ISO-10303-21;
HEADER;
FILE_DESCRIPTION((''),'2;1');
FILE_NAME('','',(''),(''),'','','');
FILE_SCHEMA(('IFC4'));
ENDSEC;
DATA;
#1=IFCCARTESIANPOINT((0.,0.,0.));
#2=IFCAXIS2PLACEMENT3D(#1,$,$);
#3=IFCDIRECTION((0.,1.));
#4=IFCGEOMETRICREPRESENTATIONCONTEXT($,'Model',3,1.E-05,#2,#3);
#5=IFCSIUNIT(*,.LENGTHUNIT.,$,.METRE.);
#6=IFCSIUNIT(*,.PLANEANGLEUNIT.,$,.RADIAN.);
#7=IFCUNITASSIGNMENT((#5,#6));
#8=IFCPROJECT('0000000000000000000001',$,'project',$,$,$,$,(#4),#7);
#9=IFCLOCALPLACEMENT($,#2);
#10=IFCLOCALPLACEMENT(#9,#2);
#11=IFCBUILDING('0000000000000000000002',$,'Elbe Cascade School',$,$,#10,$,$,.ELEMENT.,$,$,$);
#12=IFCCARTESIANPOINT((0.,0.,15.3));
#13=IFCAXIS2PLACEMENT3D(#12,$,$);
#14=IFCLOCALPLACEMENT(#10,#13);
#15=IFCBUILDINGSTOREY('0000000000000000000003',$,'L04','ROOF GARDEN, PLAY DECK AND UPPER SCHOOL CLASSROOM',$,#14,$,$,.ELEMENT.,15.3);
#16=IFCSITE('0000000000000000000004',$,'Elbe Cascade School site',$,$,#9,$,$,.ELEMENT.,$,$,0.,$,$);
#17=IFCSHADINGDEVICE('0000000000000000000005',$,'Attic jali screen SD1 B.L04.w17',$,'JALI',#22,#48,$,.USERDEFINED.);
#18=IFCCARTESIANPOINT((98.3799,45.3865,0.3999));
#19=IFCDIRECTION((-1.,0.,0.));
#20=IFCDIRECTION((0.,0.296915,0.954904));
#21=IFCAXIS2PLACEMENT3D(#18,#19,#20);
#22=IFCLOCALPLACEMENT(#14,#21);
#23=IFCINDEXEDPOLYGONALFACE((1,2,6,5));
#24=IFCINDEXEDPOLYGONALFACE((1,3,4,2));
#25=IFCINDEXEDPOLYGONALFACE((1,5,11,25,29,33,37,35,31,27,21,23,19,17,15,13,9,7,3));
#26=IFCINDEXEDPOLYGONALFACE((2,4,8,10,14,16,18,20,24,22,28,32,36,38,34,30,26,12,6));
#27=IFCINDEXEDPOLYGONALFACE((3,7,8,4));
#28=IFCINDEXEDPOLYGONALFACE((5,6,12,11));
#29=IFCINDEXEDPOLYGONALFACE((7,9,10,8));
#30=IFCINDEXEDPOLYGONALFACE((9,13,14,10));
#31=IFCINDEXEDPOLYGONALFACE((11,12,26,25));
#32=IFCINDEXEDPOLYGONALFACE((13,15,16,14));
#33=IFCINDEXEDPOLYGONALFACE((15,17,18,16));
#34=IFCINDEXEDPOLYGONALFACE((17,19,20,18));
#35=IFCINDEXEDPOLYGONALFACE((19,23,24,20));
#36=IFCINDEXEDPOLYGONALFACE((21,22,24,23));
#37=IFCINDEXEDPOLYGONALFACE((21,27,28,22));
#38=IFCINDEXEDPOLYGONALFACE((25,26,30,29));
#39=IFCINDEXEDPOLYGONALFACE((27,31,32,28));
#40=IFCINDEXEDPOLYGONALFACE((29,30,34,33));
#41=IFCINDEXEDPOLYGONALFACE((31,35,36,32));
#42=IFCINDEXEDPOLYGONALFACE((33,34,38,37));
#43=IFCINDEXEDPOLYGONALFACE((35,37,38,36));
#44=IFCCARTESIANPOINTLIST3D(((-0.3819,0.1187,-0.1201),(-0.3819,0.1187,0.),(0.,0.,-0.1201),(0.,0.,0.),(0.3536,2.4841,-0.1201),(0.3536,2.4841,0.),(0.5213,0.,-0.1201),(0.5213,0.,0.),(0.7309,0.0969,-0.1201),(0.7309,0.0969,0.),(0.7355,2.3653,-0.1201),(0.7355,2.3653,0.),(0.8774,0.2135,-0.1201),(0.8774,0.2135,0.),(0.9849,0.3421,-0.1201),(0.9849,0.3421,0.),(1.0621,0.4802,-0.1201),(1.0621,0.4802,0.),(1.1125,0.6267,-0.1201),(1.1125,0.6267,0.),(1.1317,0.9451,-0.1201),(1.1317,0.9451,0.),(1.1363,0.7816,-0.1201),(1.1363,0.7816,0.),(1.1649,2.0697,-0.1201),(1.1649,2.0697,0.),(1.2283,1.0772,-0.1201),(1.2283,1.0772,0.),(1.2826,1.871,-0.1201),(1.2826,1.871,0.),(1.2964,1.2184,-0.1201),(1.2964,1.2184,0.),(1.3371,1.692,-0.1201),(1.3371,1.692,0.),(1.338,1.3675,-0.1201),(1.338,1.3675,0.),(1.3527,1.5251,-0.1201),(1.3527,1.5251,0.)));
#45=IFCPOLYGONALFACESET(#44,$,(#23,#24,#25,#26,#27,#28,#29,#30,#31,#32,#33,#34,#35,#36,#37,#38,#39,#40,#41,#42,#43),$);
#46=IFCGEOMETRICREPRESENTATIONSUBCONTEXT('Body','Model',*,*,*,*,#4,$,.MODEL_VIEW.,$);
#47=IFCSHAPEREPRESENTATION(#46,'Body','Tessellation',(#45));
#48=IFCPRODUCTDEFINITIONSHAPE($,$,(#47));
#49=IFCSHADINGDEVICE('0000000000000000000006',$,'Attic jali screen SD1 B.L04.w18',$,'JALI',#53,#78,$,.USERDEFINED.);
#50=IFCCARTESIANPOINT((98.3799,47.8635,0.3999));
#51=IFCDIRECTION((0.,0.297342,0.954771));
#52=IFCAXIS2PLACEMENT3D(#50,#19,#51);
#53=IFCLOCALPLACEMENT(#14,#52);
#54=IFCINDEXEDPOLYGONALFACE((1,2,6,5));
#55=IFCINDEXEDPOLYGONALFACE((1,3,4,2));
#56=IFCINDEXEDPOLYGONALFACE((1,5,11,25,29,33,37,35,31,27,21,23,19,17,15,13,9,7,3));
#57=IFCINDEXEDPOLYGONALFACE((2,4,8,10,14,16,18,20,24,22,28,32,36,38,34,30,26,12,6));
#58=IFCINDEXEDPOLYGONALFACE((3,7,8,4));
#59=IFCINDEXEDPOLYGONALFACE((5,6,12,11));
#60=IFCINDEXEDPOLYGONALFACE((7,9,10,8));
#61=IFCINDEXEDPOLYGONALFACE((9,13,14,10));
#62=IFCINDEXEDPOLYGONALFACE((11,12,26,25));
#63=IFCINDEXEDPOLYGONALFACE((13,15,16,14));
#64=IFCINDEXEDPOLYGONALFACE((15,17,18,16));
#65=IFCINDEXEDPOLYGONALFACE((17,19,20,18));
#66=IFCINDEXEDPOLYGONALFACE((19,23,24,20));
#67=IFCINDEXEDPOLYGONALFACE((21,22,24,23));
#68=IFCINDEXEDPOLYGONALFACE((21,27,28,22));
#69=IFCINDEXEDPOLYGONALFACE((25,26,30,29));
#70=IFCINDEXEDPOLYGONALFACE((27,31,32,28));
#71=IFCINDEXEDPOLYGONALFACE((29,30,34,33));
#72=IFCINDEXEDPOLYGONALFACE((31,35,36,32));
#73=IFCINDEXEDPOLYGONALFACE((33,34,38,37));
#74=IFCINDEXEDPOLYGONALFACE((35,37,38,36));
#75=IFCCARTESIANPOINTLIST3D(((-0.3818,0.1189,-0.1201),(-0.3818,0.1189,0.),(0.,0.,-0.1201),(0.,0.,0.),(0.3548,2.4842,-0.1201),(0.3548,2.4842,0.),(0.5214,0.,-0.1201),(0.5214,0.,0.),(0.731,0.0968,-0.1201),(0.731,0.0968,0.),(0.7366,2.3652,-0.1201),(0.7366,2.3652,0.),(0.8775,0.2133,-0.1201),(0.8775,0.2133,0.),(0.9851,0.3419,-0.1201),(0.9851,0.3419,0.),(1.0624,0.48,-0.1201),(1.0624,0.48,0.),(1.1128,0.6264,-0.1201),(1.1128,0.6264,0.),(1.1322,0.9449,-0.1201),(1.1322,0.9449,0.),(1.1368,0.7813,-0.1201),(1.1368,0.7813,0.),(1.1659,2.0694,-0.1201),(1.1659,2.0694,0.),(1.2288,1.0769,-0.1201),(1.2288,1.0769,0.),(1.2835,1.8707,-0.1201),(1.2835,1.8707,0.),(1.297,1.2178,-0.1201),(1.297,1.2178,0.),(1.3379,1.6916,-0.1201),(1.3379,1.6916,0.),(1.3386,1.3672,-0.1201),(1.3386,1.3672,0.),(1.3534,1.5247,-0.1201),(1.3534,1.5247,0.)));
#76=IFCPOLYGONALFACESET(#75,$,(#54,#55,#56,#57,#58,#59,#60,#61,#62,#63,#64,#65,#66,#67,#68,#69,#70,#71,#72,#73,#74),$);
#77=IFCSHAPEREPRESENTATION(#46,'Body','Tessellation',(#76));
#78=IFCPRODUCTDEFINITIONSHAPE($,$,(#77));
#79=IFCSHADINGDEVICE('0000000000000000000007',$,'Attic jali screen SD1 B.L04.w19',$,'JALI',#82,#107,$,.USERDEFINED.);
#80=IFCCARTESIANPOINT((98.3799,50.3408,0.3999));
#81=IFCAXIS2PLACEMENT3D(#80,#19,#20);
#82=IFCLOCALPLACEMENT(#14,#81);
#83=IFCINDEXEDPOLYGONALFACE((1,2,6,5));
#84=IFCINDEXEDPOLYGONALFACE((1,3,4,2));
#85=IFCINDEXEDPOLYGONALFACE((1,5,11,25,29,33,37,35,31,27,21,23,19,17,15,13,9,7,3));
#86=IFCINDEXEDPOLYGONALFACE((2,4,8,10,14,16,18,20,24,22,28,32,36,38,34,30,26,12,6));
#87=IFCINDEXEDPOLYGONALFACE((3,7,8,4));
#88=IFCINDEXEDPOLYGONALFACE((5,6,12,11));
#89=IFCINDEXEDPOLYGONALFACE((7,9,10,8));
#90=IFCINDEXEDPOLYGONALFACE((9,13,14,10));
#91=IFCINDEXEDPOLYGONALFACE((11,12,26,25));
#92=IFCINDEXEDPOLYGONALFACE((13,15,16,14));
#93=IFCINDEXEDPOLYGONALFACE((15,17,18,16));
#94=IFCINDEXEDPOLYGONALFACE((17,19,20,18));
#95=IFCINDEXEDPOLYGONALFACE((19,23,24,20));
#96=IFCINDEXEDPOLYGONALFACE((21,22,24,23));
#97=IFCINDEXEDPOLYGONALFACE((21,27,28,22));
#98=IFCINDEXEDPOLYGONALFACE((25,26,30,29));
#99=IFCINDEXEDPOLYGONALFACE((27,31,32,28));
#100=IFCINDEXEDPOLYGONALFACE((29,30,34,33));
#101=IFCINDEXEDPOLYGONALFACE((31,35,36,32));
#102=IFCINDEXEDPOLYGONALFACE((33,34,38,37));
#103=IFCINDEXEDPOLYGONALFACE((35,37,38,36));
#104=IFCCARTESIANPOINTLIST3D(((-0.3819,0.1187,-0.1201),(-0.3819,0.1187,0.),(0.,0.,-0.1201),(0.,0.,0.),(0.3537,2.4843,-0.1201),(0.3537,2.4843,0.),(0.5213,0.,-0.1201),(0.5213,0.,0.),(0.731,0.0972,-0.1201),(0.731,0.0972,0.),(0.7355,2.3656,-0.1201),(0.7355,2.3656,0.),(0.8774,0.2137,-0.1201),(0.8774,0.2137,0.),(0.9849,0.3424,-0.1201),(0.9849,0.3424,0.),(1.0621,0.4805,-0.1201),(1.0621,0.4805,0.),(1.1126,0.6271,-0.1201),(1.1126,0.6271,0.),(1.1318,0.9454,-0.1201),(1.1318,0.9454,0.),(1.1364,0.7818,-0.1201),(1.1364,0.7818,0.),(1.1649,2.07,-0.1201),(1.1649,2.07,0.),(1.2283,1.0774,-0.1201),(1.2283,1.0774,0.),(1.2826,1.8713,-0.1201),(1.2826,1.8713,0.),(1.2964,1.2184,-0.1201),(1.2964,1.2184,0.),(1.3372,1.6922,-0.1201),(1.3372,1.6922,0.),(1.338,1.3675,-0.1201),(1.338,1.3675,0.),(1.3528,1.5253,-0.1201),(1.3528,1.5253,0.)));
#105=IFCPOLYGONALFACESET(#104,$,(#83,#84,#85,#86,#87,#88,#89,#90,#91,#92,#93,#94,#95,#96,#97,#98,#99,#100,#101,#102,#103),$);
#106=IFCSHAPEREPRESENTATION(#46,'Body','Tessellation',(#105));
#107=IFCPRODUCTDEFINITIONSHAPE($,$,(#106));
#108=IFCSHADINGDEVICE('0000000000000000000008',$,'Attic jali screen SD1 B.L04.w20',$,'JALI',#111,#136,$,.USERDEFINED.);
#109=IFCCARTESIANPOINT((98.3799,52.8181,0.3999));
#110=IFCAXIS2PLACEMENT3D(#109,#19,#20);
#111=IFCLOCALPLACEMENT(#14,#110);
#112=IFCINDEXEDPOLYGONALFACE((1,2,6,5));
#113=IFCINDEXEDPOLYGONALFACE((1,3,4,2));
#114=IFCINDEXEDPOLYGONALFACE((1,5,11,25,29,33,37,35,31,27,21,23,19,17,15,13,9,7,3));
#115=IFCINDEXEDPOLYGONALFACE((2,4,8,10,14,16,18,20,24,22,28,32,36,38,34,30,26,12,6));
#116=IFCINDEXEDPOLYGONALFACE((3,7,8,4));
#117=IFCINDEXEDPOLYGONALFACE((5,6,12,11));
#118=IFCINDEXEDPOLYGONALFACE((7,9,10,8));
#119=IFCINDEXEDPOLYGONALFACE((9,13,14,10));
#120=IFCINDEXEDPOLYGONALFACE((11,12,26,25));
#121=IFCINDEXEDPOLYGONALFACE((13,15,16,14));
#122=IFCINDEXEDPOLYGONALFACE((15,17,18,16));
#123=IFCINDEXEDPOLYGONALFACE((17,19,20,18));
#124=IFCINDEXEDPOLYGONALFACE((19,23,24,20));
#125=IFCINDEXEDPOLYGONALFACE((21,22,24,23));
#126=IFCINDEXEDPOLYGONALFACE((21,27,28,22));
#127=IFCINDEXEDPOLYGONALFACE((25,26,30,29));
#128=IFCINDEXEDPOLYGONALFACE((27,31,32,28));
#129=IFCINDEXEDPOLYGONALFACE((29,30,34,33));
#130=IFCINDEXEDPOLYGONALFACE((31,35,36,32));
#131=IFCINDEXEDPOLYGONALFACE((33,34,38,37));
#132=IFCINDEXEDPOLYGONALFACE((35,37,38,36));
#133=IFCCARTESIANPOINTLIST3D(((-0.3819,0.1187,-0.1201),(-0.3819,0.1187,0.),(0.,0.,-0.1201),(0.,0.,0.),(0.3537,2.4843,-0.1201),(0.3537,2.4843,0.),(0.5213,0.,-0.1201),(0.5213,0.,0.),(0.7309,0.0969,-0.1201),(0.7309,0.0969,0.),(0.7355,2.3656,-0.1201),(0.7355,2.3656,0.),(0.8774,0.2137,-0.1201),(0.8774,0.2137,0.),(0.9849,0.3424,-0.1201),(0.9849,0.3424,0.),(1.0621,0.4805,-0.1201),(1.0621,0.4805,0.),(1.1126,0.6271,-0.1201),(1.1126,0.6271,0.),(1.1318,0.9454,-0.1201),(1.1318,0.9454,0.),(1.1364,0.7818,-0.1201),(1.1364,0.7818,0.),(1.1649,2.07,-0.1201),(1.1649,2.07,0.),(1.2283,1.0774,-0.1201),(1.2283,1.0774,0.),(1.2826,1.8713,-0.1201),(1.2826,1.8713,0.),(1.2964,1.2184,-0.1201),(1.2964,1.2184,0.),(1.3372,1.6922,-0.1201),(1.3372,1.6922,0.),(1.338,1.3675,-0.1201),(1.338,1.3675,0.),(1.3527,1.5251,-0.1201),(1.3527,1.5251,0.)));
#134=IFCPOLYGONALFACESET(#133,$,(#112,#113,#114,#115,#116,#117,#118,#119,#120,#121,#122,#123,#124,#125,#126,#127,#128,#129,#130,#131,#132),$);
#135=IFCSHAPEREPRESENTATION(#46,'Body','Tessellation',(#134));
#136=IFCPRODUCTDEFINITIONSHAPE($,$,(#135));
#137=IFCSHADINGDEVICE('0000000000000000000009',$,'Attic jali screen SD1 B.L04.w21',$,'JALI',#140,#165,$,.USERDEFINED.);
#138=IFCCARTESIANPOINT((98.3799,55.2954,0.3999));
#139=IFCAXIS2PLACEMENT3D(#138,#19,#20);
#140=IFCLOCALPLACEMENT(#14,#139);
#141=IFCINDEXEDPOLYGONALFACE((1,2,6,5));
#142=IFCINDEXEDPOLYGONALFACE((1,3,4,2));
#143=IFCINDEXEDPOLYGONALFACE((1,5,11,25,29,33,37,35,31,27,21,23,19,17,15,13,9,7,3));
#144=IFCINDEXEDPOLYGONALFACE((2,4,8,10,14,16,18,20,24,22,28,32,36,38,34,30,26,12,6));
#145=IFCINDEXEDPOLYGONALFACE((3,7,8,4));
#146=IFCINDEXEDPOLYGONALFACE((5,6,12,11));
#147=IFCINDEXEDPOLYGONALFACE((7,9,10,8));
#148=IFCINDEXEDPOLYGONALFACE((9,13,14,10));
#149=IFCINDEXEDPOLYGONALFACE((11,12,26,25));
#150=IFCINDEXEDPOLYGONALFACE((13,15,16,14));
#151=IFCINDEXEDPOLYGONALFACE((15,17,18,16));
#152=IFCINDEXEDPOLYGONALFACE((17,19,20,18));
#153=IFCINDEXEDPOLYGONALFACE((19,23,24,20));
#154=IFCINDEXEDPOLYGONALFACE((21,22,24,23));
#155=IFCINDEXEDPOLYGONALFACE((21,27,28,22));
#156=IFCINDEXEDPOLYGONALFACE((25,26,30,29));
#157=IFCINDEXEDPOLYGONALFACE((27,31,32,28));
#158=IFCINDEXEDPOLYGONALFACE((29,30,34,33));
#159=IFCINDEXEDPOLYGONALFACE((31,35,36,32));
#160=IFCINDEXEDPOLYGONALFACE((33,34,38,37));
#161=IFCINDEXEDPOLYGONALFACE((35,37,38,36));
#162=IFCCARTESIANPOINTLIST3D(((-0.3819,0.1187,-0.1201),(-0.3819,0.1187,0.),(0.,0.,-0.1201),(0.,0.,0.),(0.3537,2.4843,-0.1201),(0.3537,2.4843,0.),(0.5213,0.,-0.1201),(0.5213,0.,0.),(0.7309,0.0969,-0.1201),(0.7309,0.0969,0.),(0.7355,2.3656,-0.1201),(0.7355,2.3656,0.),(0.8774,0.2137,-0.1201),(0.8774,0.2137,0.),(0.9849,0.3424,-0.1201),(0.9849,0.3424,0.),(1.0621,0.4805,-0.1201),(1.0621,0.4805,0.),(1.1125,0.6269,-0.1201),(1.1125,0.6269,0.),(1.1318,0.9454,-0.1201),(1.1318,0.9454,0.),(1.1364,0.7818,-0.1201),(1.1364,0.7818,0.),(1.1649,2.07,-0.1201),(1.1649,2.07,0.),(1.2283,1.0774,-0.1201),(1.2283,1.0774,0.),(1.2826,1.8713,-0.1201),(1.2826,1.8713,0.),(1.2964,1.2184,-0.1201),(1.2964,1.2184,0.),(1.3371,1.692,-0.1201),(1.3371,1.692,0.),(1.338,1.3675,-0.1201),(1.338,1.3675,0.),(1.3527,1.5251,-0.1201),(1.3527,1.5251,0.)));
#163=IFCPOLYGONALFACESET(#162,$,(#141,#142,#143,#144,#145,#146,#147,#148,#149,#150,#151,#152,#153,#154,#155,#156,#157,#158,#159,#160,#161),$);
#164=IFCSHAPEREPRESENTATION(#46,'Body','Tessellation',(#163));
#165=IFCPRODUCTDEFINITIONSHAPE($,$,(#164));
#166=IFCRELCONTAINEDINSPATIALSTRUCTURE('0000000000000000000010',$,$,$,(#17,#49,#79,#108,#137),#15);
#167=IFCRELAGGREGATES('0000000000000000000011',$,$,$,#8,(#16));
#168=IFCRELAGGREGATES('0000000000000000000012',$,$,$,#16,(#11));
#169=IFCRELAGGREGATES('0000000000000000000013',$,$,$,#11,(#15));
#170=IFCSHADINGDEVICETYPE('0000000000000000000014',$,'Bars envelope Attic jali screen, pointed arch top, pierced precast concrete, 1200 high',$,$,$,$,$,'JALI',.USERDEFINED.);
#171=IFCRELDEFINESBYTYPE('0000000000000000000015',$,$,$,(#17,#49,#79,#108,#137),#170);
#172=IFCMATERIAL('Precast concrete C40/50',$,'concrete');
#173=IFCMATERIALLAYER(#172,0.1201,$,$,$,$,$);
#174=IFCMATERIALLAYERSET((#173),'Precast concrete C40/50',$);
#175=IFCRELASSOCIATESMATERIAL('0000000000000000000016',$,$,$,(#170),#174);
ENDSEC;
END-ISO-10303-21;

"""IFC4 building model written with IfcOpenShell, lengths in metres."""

from ifc_helpers import new_model, si_unit, direction, frame, origin, place, context, subcontext, project, spatial, polyline, outline, extrude, material, layer, layer_set, type_object, element, save


model = new_model("IFC4")

# Units and contexts
model_context = context("Model", 3, precision=1e-05, world=origin(), true_north=direction((0.0, 1.0)))
body_context = subcontext(model_context, "Body", "Model", "MODEL_VIEW")
ifc_project = project(units=[si_unit("LENGTHUNIT", "METRE"), si_unit("PLANEANGLEUNIT", "RADIAN")], contexts=[model_context])

# Site, building, storey
site_placement = place(None, origin())
site = spatial("IfcSite", under=ifc_project, at=site_placement, Name="Elbe Cascade School site", CompositionType="ELEMENT", RefElevation=0.0)
building_placement = place(site_placement, origin())
building = spatial("IfcBuilding", under=site, at=building_placement, Name="Elbe Cascade School", CompositionType="ELEMENT")
storey_placement = place(building_placement, frame((0.0, 0.0, 15.3)))
storey = spatial("IfcBuildingStorey", under=building, at=storey_placement, Name="L04", Description="ROOF GARDEN, PLAY DECK AND UPPER SCHOOL CLASSROOM", CompositionType="ELEMENT", Elevation=15.3)

# Shading devices
ifc_material_1 = material(Name="Precast concrete C40/50", Category="concrete")
ifc_layer_1 = layer(ifc_material_1, 0.1201)
ifc_layer_set_1 = layer_set([ifc_layer_1], Name="Precast concrete C40/50")
shading_device_type_1 = type_object("IfcShadingDeviceType", Name="Bars envelope Attic jali screen, pointed arch top, pierced precast concrete, 1200 high", ElementType="JALI", PredefinedType="USERDEFINED", material=ifc_layer_set_1)
shading_device_1_placement = place(storey_placement, frame((98.3799, 45.3865, 0.3999), z_axis=(-1.0, 0.0, 0.0), x_axis=(0.0, 0.296915, 0.954904)))
element("IfcShadingDevice", 1, at=shading_device_1_placement, inside=storey, type_object=shading_device_type_1, Name="Attic jali screen SD1 B.L04.w17", ObjectType="JALI", PredefinedType="USERDEFINED", context=body_context, shape_type="SweptSolid", body=[
    extrude(outline(polyline([(0.0, 0.0), (0.5213, 0.0), (0.7309, 0.0969), (0.8774, 0.2135), (0.9849, 0.3421), (1.0621, 0.4802), (1.1125, 0.6267), (1.1363, 0.7816), (1.1317, 0.9451), (1.2283, 1.0772), (1.2964, 1.2184), (1.338, 1.3675), (1.3527, 1.5251), (1.3371, 1.692), (1.2826, 1.871), (1.1649, 2.0697), (0.7355, 2.3653), (0.3536, 2.4841), (-0.3819, 0.1187), (0.0, 0.0)])), origin(), (0.0, 0.0, -1.0), 0.1201),
])
shading_device_2_placement = place(storey_placement, frame((98.3799, 47.8635, 0.3999), z_axis=(-1.0, 0.0, 0.0), x_axis=(0.0, 0.297342, 0.954771)))
element("IfcShadingDevice", 2, at=shading_device_2_placement, inside=storey, type_object=shading_device_type_1, Name="Attic jali screen SD1 B.L04.w18", ObjectType="JALI", PredefinedType="USERDEFINED", context=body_context, shape_type="SweptSolid", body=[
    extrude(outline(polyline([(0.0, 0.0), (0.5214, 0.0), (0.731, 0.0968), (0.8775, 0.2133), (0.9851, 0.3419), (1.0624, 0.48), (1.1128, 0.6264), (1.1368, 0.7813), (1.1322, 0.9449), (1.2288, 1.0769), (1.297, 1.2178), (1.3386, 1.3672), (1.3534, 1.5247), (1.3379, 1.6916), (1.2835, 1.8707), (1.1659, 2.0694), (0.7366, 2.3652), (0.3548, 2.4842), (-0.3818, 0.1189), (0.0, 0.0)])), origin(), (0.0, 0.0, -1.0), 0.1201),
])
shading_device_3_placement = place(storey_placement, frame((98.3799, 50.3408, 0.3999), z_axis=(-1.0, 0.0, 0.0), x_axis=(0.0, 0.296915, 0.954904)))
element("IfcShadingDevice", 3, at=shading_device_3_placement, inside=storey, type_object=shading_device_type_1, Name="Attic jali screen SD1 B.L04.w19", ObjectType="JALI", PredefinedType="USERDEFINED", context=body_context, shape_type="SweptSolid", body=[
    extrude(outline(polyline([(0.0, 0.0), (0.5213, 0.0), (0.731, 0.0972), (0.8774, 0.2137), (0.9849, 0.3424), (1.0621, 0.4805), (1.1126, 0.6271), (1.1364, 0.7818), (1.1318, 0.9454), (1.2283, 1.0774), (1.2964, 1.2184), (1.338, 1.3675), (1.3528, 1.5253), (1.3372, 1.6922), (1.2826, 1.8713), (1.1649, 2.07), (0.7355, 2.3656), (0.3537, 2.4843), (-0.3819, 0.1187), (0.0, 0.0)])), origin(), (0.0, 0.0, -1.0), 0.1201),
])
shading_device_4_placement = place(storey_placement, frame((98.3799, 52.8181, 0.3999), z_axis=(-1.0, 0.0, 0.0), x_axis=(0.0, 0.296915, 0.954904)))
element("IfcShadingDevice", 4, at=shading_device_4_placement, inside=storey, type_object=shading_device_type_1, Name="Attic jali screen SD1 B.L04.w20", ObjectType="JALI", PredefinedType="USERDEFINED", context=body_context, shape_type="SweptSolid", body=[
    extrude(outline(polyline([(0.0, 0.0), (0.5213, 0.0), (0.7309, 0.0969), (0.8774, 0.2137), (0.9849, 0.3424), (1.0621, 0.4805), (1.1126, 0.6271), (1.1364, 0.7818), (1.1318, 0.9454), (1.2283, 1.0774), (1.2964, 1.2184), (1.338, 1.3675), (1.3527, 1.5251), (1.3372, 1.6922), (1.2826, 1.8713), (1.1649, 2.07), (0.7355, 2.3656), (0.3537, 2.4843), (-0.3819, 0.1187), (0.0, 0.0)])), origin(), (0.0, 0.0, -1.0), 0.1201),
])
shading_device_5_placement = place(storey_placement, frame((98.3799, 55.2954, 0.3999), z_axis=(-1.0, 0.0, 0.0), x_axis=(0.0, 0.296915, 0.954904)))
element("IfcShadingDevice", 5, at=shading_device_5_placement, inside=storey, type_object=shading_device_type_1, Name="Attic jali screen SD1 B.L04.w21", ObjectType="JALI", PredefinedType="USERDEFINED", context=body_context, shape_type="SweptSolid", body=[
    extrude(outline(polyline([(0.0, 0.0), (0.5213, 0.0), (0.7309, 0.0969), (0.8774, 0.2137), (0.9849, 0.3424), (1.0621, 0.4805), (1.1125, 0.6269), (1.1364, 0.7818), (1.1318, 0.9454), (1.2283, 1.0774), (1.2964, 1.2184), (1.338, 1.3675), (1.3527, 1.5251), (1.3371, 1.692), (1.2826, 1.8713), (1.1649, 2.07), (0.7355, 2.3656), (0.3537, 2.4843), (-0.3819, 0.1187), (0.0, 0.0)])), origin(), (0.0, 0.0, -1.0), 0.1201),
])

save(model, "model.ifc")
